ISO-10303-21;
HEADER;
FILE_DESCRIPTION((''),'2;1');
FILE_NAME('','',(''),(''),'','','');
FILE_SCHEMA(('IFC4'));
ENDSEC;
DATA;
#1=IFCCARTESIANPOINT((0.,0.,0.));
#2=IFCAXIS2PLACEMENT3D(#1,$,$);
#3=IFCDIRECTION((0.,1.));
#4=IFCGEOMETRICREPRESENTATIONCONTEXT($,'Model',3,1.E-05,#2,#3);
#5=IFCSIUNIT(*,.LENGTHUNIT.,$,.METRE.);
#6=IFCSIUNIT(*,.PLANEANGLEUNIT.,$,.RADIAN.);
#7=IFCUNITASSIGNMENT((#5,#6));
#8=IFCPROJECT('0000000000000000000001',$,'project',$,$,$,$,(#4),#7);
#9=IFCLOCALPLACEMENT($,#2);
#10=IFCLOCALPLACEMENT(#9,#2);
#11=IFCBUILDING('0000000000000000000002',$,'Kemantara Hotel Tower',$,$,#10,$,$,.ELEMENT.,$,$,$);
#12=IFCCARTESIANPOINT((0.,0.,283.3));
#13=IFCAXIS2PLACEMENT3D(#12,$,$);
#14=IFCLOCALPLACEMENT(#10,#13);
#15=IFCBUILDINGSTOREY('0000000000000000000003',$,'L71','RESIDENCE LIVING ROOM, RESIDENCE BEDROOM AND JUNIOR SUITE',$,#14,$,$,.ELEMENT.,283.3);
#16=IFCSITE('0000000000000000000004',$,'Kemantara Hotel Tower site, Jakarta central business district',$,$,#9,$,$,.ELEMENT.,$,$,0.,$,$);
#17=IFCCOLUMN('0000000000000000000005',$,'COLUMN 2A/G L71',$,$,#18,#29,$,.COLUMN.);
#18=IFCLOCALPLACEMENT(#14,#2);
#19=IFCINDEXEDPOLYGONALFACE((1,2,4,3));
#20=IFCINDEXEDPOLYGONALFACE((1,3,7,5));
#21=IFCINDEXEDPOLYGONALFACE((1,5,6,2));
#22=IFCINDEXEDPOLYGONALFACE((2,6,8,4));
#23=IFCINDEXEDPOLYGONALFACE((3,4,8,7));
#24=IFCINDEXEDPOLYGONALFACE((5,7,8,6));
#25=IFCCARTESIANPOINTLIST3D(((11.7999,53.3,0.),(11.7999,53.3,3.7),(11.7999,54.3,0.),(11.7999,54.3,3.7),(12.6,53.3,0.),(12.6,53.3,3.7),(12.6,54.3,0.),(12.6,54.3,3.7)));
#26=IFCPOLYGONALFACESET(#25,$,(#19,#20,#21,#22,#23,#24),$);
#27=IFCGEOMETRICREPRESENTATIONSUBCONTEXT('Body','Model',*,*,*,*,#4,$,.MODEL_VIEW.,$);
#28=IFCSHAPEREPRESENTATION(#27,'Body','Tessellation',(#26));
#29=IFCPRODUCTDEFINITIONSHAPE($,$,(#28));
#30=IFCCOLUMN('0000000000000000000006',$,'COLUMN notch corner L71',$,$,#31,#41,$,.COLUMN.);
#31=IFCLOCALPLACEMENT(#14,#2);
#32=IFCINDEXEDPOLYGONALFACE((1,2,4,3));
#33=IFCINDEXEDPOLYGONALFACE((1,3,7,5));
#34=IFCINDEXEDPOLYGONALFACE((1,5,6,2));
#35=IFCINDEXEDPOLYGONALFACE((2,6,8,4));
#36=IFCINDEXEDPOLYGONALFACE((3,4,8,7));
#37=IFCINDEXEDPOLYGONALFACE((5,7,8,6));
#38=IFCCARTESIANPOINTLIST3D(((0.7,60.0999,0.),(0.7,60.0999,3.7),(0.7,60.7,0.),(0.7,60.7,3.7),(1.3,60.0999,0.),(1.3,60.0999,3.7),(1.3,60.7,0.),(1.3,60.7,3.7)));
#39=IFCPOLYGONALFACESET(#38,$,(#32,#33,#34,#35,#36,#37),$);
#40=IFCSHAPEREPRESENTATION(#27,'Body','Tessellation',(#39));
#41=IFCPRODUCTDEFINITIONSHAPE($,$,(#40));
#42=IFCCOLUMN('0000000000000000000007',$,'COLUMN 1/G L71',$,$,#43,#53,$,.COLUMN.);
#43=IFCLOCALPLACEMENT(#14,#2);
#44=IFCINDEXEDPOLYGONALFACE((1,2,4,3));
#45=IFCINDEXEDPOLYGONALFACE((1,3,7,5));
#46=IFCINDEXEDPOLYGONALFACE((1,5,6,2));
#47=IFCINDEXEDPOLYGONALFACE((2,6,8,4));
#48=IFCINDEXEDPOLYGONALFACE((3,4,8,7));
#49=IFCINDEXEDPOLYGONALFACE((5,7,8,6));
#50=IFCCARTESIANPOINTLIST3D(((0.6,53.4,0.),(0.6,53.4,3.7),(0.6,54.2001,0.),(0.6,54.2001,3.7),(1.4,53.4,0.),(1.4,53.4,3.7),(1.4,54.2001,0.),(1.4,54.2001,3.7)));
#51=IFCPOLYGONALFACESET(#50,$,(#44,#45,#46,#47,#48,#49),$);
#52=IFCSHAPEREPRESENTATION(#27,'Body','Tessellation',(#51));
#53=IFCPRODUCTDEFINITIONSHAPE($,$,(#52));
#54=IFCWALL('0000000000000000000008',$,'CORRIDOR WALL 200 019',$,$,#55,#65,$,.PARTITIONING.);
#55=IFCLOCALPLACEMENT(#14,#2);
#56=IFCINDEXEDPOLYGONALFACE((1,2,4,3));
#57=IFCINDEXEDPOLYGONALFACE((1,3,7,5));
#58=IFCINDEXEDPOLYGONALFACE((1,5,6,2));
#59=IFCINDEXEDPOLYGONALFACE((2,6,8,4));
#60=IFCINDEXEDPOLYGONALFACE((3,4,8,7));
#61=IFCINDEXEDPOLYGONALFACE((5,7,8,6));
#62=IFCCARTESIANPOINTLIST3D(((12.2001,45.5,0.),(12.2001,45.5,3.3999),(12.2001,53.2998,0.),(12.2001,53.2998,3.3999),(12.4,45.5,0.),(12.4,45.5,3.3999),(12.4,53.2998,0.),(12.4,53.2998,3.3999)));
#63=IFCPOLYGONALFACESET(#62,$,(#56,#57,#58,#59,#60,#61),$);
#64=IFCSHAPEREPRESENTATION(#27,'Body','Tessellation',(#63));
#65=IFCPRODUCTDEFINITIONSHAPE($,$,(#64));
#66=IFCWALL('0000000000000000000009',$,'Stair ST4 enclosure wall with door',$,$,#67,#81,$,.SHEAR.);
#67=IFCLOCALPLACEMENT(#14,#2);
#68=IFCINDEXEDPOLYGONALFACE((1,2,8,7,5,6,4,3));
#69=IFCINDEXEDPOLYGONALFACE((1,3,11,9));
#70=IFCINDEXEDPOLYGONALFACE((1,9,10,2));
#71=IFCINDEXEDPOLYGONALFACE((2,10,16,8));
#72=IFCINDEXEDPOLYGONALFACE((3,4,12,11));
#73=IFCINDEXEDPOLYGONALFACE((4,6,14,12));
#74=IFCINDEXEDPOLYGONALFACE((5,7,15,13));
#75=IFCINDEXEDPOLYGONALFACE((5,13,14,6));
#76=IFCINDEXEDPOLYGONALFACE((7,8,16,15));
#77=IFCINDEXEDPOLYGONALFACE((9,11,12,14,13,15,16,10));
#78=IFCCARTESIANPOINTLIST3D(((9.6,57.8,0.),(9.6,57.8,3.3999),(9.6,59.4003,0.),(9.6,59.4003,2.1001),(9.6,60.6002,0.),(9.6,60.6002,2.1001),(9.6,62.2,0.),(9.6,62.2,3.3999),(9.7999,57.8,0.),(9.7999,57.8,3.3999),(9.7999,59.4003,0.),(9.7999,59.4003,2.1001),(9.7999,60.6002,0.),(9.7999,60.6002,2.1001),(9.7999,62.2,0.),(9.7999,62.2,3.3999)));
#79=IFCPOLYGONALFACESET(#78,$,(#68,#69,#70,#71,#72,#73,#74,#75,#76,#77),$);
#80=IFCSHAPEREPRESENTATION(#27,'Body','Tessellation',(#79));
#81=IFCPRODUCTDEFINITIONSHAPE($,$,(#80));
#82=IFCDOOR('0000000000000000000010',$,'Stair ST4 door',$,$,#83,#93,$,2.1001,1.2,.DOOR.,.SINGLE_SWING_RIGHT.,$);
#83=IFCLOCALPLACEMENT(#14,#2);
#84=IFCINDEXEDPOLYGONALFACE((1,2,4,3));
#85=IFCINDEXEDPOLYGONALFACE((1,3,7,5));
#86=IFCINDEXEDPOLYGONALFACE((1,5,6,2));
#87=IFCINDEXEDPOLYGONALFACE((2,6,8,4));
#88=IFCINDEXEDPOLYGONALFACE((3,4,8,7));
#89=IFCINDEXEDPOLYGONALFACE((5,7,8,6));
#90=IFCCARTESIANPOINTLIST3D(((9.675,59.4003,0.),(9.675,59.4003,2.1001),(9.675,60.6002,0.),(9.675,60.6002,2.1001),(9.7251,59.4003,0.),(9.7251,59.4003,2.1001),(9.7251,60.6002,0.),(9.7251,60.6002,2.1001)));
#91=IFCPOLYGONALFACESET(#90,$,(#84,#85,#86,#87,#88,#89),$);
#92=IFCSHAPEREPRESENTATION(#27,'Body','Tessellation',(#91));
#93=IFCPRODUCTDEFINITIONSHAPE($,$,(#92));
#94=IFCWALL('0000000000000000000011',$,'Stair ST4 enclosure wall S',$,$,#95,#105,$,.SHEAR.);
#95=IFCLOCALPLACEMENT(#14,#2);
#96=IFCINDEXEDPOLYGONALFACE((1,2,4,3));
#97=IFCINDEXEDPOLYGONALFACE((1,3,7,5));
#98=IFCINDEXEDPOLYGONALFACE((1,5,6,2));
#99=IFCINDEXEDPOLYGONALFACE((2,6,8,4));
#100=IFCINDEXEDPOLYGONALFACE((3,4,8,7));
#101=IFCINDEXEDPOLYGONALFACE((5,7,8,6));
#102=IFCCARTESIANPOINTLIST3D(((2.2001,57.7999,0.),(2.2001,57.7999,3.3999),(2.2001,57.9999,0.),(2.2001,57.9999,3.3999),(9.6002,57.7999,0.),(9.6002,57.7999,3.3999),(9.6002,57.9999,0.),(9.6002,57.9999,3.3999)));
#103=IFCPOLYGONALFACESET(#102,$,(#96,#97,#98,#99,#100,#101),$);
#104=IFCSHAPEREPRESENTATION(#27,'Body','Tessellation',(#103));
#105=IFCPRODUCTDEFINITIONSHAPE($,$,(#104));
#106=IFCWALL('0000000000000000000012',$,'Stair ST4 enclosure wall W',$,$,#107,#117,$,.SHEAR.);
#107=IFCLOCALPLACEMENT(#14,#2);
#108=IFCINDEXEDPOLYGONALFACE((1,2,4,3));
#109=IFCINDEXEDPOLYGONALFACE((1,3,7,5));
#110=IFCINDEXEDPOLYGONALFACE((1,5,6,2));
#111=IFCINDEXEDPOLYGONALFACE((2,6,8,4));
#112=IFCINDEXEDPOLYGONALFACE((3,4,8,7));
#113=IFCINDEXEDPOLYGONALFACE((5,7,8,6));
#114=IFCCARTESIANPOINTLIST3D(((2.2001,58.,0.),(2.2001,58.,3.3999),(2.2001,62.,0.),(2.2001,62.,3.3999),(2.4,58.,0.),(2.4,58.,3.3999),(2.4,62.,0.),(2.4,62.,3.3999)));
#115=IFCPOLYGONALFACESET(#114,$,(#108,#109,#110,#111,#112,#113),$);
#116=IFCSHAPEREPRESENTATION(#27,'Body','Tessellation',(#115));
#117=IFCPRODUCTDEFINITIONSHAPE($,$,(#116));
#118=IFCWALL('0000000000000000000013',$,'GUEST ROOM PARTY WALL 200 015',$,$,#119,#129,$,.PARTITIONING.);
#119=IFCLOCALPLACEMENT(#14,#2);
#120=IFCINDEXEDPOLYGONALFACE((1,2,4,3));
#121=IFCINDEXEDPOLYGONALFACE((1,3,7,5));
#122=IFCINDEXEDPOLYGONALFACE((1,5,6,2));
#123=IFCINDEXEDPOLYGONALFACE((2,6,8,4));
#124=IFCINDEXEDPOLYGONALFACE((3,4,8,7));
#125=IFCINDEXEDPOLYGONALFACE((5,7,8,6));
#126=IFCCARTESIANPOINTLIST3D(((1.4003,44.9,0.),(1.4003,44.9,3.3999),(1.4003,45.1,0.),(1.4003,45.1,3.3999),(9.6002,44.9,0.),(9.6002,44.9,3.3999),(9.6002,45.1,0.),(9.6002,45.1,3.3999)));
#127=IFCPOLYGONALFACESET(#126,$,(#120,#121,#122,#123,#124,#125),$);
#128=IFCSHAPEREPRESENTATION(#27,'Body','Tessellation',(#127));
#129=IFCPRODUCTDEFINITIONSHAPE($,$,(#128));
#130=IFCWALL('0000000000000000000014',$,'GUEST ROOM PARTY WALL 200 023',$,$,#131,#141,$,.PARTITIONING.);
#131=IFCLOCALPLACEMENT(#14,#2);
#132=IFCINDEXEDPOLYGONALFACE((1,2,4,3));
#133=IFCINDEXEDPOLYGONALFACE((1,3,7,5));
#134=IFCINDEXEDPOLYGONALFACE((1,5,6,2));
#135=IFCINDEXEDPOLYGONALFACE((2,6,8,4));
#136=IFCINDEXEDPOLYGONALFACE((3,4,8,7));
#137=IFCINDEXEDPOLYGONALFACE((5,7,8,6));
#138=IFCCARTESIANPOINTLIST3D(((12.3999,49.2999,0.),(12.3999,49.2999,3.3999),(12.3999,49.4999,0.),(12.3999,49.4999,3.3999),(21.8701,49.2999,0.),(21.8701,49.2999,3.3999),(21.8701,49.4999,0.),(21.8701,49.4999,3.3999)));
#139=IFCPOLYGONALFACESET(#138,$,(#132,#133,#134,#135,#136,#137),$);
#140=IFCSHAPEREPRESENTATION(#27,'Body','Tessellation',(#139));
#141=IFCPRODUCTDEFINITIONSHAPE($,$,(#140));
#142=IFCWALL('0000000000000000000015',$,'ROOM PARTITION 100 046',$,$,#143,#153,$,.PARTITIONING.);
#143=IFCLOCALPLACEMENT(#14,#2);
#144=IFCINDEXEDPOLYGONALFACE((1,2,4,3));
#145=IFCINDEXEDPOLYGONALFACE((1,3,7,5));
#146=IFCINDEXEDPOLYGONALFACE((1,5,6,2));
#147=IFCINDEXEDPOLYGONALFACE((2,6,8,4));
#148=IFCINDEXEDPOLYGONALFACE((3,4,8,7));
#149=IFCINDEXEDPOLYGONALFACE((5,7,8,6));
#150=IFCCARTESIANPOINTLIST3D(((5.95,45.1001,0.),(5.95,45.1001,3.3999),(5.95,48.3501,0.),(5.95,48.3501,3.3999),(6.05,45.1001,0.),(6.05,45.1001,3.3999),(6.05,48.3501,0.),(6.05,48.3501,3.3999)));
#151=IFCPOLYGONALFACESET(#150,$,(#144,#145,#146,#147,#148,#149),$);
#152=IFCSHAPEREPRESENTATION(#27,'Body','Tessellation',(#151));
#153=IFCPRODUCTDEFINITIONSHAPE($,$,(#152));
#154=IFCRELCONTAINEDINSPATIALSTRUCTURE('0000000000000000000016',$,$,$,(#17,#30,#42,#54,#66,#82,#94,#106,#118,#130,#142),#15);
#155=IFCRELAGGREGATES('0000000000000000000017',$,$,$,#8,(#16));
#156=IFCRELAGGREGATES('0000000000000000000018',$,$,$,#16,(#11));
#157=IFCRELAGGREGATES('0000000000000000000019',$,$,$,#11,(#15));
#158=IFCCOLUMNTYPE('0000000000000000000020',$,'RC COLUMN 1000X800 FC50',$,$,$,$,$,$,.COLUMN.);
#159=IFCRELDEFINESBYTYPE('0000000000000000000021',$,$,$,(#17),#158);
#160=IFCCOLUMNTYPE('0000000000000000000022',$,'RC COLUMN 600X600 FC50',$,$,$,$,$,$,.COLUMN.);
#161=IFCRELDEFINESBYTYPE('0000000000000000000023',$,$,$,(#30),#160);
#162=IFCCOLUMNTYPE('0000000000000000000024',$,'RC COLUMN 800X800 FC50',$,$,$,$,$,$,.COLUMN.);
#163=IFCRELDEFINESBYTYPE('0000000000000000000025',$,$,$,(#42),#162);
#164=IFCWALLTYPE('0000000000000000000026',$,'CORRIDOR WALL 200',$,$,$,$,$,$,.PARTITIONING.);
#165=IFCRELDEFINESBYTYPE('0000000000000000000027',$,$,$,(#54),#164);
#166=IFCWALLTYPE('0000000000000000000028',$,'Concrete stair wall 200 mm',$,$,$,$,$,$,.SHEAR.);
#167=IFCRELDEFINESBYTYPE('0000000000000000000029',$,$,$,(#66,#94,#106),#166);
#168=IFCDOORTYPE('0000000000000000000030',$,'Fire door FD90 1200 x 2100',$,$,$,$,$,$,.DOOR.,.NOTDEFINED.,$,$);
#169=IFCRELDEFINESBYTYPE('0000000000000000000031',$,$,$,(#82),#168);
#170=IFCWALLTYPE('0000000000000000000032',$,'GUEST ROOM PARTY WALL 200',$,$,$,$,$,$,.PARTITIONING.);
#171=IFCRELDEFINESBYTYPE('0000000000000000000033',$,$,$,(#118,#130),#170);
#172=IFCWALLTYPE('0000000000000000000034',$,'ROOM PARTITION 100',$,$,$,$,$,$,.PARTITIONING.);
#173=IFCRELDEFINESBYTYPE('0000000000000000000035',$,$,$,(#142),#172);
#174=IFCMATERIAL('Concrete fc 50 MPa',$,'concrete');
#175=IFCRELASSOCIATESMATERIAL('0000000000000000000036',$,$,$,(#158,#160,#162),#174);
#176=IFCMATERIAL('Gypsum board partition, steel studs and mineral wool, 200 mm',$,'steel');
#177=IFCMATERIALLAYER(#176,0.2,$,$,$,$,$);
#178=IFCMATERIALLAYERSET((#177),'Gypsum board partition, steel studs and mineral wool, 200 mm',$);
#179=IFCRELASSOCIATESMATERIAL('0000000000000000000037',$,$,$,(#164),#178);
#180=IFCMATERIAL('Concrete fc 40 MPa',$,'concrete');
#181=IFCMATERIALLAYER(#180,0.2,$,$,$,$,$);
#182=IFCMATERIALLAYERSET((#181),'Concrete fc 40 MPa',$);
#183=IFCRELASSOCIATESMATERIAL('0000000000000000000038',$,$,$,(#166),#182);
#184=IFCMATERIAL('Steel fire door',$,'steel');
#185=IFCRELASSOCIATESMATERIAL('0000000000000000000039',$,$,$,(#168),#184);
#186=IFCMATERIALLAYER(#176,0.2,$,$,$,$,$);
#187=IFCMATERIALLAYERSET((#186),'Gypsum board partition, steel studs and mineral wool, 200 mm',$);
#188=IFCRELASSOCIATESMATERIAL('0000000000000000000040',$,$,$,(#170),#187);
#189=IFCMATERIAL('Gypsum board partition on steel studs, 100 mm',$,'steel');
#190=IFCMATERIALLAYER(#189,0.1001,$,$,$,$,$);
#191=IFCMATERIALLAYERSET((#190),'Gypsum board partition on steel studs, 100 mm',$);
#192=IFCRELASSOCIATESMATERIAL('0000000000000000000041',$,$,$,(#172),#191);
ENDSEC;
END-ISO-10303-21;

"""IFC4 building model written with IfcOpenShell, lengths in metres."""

from ifc_helpers import new_model, si_unit, direction, frame, frame_2d, origin, origin_2d, place, context, subcontext, project, spatial, rectangle, extrude, material, layer, layer_set, material_profile, profile_set, type_object, element, fill, save


model = new_model("IFC4")

# Units and contexts
model_context = context("Model", 3, precision=1e-05, world=origin(), true_north=direction((0.0, 1.0)))
body_context = subcontext(model_context, "Body", "Model", "MODEL_VIEW")
ifc_project = project(units=[si_unit("LENGTHUNIT", "METRE"), si_unit("PLANEANGLEUNIT", "RADIAN")], contexts=[model_context])

# Site, building, storey
site_placement = place(None, origin())
site = spatial("IfcSite", under=ifc_project, at=site_placement, Name="Kemantara Hotel Tower site, Jakarta central business district", CompositionType="ELEMENT", RefElevation=0.0)
building_placement = place(site_placement, origin())
building = spatial("IfcBuilding", under=site, at=building_placement, Name="Kemantara Hotel Tower", CompositionType="ELEMENT")
storey_placement = place(building_placement, frame((0.0, 0.0, 283.3)))
storey = spatial("IfcBuildingStorey", under=building, at=storey_placement, Name="L71", Description="RESIDENCE LIVING ROOM, RESIDENCE BEDROOM AND JUNIOR SUITE", CompositionType="ELEMENT", Elevation=283.3)

# Columns
ifc_material_1 = material(Name="Concrete fc 50 MPa", Category="concrete")
ifc_material_profile_1 = material_profile(ifc_material_1, rectangle(XDim=1.0, YDim=0.8, at=origin_2d()), Name="RC 1000X800")
ifc_profile_set_1 = profile_set([ifc_material_profile_1], Name="Concrete fc 50 MPa")
column_type_1 = type_object("IfcColumnType", Name="RC COLUMN 1000X800 FC50", PredefinedType="COLUMN", material=ifc_profile_set_1)
column_1_placement = place(storey_placement, frame((12.2, 53.8, 0.0), z_axis=(0.0, 0.0, 1.0), x_axis=(0.0, 1.0, 0.0)))
element("IfcColumn", 1, at=column_1_placement, inside=storey, type_object=column_type_1, Name="COLUMN 2A/G L71", PredefinedType="COLUMN", context=body_context, shape_type="SweptSolid", body=[
    extrude(rectangle(XDim=1.0, YDim=0.8, at=origin_2d()), origin(), (0.0, 0.0, 1.0), 3.7),
])
ifc_material_profile_2 = material_profile(ifc_material_1, rectangle(XDim=0.6001, YDim=0.6001, at=origin_2d()), Name="RC 600X600")
ifc_profile_set_2 = profile_set([ifc_material_profile_2], Name="Concrete fc 50 MPa")
column_type_2 = type_object("IfcColumnType", Name="RC COLUMN 600X600 FC50", PredefinedType="COLUMN", material=ifc_profile_set_2)
column_2_placement = place(storey_placement, frame((1.0, 60.3999, 0.0), z_axis=(0.0, 0.0, 1.0), x_axis=(1.0, 0.0, 0.0)))
element("IfcColumn", 2, at=column_2_placement, inside=storey, type_object=column_type_2, Name="COLUMN notch corner L71", PredefinedType="COLUMN", context=body_context, shape_type="SweptSolid", body=[
    extrude(rectangle(XDim=0.6001, YDim=0.6001, at=origin_2d()), origin(), (0.0, 0.0, 1.0), 3.7),
])
ifc_material_profile_3 = material_profile(ifc_material_1, rectangle(XDim=0.8, YDim=0.8, at=origin_2d()), Name="RC 800X800")
ifc_profile_set_3 = profile_set([ifc_material_profile_3], Name="Concrete fc 50 MPa")
column_type_3 = type_object("IfcColumnType", Name="RC COLUMN 800X800 FC50", PredefinedType="COLUMN", material=ifc_profile_set_3)
column_3_placement = place(storey_placement, frame((1.0, 53.8, 0.0), z_axis=(0.0, 0.0, 1.0), x_axis=(1.0, 0.0, 0.0)))
element("IfcColumn", 3, at=column_3_placement, inside=storey, type_object=column_type_3, Name="COLUMN 1/G L71", PredefinedType="COLUMN", context=body_context, shape_type="SweptSolid", body=[
    extrude(rectangle(XDim=0.8, YDim=0.8, at=origin_2d()), origin(), (0.0, 0.0, 1.0), 3.7),
])

# Wall
ifc_material_2 = material(Name="Gypsum board partition, steel studs and mineral wool, 200 mm", Category="steel")
ifc_layer_1 = layer(ifc_material_2, 0.2)
ifc_layer_set_1 = layer_set([ifc_layer_1], Name="Gypsum board partition, steel studs and mineral wool, 200 mm")
wall_type_1 = type_object("IfcWallType", Name="CORRIDOR WALL 200", PredefinedType="PARTITIONING", material=ifc_layer_set_1)
wall_1_placement = place(storey_placement, frame((12.3, 45.5, 0.0), z_axis=(0.0, 0.0, 1.0), x_axis=(0.0, 1.0, 0.0)))
element("IfcWall", 4, at=wall_1_placement, inside=storey, type_object=wall_type_1, Name="CORRIDOR WALL 200 019", PredefinedType="PARTITIONING", context=body_context, shape_type="SweptSolid", body=[
    extrude(rectangle(XDim=7.7998, YDim=0.2, at=frame_2d((3.8999, 0.0))), origin(), (0.0, 0.0, 1.0), 3.3999),
])

# Wall, opening, door
ifc_material_3 = material(Name="Concrete fc 40 MPa", Category="concrete")
ifc_layer_2 = layer(ifc_material_3, 0.2)
ifc_layer_set_2 = layer_set([ifc_layer_2], Name="Concrete fc 40 MPa")
wall_type_2 = type_object("IfcWallType", Name="Concrete stair wall 200 mm", PredefinedType="SHEAR", material=ifc_layer_set_2)
wall_2_placement = place(storey_placement, frame((9.7, 57.8, 0.0), z_axis=(0.0, 0.0, 1.0), x_axis=(0.0, 1.0, 0.0)))
wall_2 = element("IfcWall", 5, at=wall_2_placement, inside=storey, type_object=wall_type_2, Name="Stair ST4 enclosure wall with door", PredefinedType="SHEAR", context=body_context, shape_type="SweptSolid", body=[
    extrude(rectangle(XDim=4.3999, YDim=0.2, at=frame_2d((2.2, 0.0))), origin(), (0.0, 0.0, 1.0), 3.3999),
])
opening_1_placement = place(wall_2_placement, frame((1.6001, 0.0, 0.0)))
opening_1 = element("IfcOpeningElement", 6, at=opening_1_placement, cuts=wall_2, PredefinedType="OPENING", context=body_context, shape_type="SweptSolid", body=[
    extrude(rectangle(XDim=1.2, YDim=2.1001, at=frame_2d((0.6001, 1.05))), frame((0.0, 0.1099, 0.0), z_axis=(0.0, -1.0, 0.0), x_axis=(1.0, 0.0, 0.0)), (0.0, 0.0, 1.0), 0.22),
])
ifc_material_4 = material(Name="Steel fire door", Category="steel")
door_type_1 = type_object("IfcDoorType", Name="Fire door FD90 1200 x 2100", OperationType="NOTDEFINED", PredefinedType="DOOR", material=ifc_material_4)
door_1_placement = place(opening_1_placement, origin())
door_1 = element("IfcDoor", 7, at=door_1_placement, inside=storey, type_object=door_type_1, Name="Stair ST4 door", OperationType="SINGLE_SWING_RIGHT", OverallHeight=2.1001, OverallWidth=1.2, PredefinedType="DOOR", context=body_context, shape_type="SweptSolid", body=[
    extrude(rectangle(XDim=1.2, YDim=2.1001, at=frame_2d((0.6001, 1.05))), frame((0.0, 0.0249, 0.0), z_axis=(0.0, -1.0, 0.0), x_axis=(1.0, 0.0, 0.0)), (0.0, 0.0, 1.0), 0.05),
])
fill(opening_1, door_1)

# Walls
wall_3_placement = place(storey_placement, frame((2.2, 57.8999, 0.0), z_axis=(0.0, 0.0, 1.0), x_axis=(1.0, 0.0, 0.0)))
element("IfcWall", 8, at=wall_3_placement, inside=storey, type_object=wall_type_2, Name="Stair ST4 enclosure wall S", PredefinedType="SHEAR", context=body_context, shape_type="SweptSolid", body=[
    extrude(rectangle(XDim=7.4001, YDim=0.2, at=frame_2d((3.7002, 0.0))), origin(), (0.0, 0.0, 1.0), 3.3999),
])
wall_4_placement = place(storey_placement, frame((2.3, 58.0, 0.0), z_axis=(0.0, 0.0, 1.0), x_axis=(0.0, 1.0, 0.0)))
element("IfcWall", 9, at=wall_4_placement, inside=storey, type_object=wall_type_2, Name="Stair ST4 enclosure wall W", PredefinedType="SHEAR", context=body_context, shape_type="SweptSolid", body=[
    extrude(rectangle(XDim=4.0, YDim=0.2, at=frame_2d((2.0, 0.0))), origin(), (0.0, 0.0, 1.0), 3.3999),
])
ifc_layer_3 = layer(ifc_material_2, 0.2)
ifc_layer_set_3 = layer_set([ifc_layer_3], Name="Gypsum board partition, steel studs and mineral wool, 200 mm")
wall_type_3 = type_object("IfcWallType", Name="GUEST ROOM PARTY WALL 200", PredefinedType="PARTITIONING", material=ifc_layer_set_3)
wall_5_placement = place(storey_placement, frame((1.4001, 45.0, 0.0), z_axis=(0.0, 0.0, 1.0), x_axis=(1.0, 0.0, 0.0)))
element("IfcWall", 10, at=wall_5_placement, inside=storey, type_object=wall_type_3, Name="GUEST ROOM PARTY WALL 200 015", PredefinedType="PARTITIONING", context=body_context, shape_type="SweptSolid", body=[
    extrude(rectangle(XDim=8.2, YDim=0.2, at=frame_2d((4.1001, 0.0))), origin(), (0.0, 0.0, 1.0), 3.3999),
])
wall_6_placement = place(storey_placement, frame((12.3999, 49.3999, 0.0), z_axis=(0.0, 0.0, 1.0), x_axis=(1.0, 0.0, 0.0)))
element("IfcWall", 11, at=wall_6_placement, inside=storey, type_object=wall_type_3, Name="GUEST ROOM PARTY WALL 200 023", PredefinedType="PARTITIONING", context=body_context, shape_type="SweptSolid", body=[
    extrude(rectangle(XDim=9.4702, YDim=0.2, at=frame_2d((4.7351, 0.0))), origin(), (0.0, 0.0, 1.0), 3.3999),
])
ifc_material_5 = material(Name="Gypsum board partition on steel studs, 100 mm", Category="steel")
ifc_layer_4 = layer(ifc_material_5, 0.1001)
ifc_layer_set_4 = layer_set([ifc_layer_4], Name="Gypsum board partition on steel studs, 100 mm")
wall_type_4 = type_object("IfcWallType", Name="ROOM PARTITION 100", PredefinedType="PARTITIONING", material=ifc_layer_set_4)
wall_7_placement = place(storey_placement, frame((6.0, 45.1001, 0.0), z_axis=(0.0, 0.0, 1.0), x_axis=(0.0, 1.0, 0.0)))
element("IfcWall", 12, at=wall_7_placement, inside=storey, type_object=wall_type_4, Name="ROOM PARTITION 100 046", PredefinedType="PARTITIONING", context=body_context, shape_type="SweptSolid", body=[
    extrude(rectangle(XDim=3.25, YDim=0.1001, at=frame_2d((1.625, 0.0))), origin(), (0.0, 0.0, 1.0), 3.3999),
])

save(model, "model.ifc")
